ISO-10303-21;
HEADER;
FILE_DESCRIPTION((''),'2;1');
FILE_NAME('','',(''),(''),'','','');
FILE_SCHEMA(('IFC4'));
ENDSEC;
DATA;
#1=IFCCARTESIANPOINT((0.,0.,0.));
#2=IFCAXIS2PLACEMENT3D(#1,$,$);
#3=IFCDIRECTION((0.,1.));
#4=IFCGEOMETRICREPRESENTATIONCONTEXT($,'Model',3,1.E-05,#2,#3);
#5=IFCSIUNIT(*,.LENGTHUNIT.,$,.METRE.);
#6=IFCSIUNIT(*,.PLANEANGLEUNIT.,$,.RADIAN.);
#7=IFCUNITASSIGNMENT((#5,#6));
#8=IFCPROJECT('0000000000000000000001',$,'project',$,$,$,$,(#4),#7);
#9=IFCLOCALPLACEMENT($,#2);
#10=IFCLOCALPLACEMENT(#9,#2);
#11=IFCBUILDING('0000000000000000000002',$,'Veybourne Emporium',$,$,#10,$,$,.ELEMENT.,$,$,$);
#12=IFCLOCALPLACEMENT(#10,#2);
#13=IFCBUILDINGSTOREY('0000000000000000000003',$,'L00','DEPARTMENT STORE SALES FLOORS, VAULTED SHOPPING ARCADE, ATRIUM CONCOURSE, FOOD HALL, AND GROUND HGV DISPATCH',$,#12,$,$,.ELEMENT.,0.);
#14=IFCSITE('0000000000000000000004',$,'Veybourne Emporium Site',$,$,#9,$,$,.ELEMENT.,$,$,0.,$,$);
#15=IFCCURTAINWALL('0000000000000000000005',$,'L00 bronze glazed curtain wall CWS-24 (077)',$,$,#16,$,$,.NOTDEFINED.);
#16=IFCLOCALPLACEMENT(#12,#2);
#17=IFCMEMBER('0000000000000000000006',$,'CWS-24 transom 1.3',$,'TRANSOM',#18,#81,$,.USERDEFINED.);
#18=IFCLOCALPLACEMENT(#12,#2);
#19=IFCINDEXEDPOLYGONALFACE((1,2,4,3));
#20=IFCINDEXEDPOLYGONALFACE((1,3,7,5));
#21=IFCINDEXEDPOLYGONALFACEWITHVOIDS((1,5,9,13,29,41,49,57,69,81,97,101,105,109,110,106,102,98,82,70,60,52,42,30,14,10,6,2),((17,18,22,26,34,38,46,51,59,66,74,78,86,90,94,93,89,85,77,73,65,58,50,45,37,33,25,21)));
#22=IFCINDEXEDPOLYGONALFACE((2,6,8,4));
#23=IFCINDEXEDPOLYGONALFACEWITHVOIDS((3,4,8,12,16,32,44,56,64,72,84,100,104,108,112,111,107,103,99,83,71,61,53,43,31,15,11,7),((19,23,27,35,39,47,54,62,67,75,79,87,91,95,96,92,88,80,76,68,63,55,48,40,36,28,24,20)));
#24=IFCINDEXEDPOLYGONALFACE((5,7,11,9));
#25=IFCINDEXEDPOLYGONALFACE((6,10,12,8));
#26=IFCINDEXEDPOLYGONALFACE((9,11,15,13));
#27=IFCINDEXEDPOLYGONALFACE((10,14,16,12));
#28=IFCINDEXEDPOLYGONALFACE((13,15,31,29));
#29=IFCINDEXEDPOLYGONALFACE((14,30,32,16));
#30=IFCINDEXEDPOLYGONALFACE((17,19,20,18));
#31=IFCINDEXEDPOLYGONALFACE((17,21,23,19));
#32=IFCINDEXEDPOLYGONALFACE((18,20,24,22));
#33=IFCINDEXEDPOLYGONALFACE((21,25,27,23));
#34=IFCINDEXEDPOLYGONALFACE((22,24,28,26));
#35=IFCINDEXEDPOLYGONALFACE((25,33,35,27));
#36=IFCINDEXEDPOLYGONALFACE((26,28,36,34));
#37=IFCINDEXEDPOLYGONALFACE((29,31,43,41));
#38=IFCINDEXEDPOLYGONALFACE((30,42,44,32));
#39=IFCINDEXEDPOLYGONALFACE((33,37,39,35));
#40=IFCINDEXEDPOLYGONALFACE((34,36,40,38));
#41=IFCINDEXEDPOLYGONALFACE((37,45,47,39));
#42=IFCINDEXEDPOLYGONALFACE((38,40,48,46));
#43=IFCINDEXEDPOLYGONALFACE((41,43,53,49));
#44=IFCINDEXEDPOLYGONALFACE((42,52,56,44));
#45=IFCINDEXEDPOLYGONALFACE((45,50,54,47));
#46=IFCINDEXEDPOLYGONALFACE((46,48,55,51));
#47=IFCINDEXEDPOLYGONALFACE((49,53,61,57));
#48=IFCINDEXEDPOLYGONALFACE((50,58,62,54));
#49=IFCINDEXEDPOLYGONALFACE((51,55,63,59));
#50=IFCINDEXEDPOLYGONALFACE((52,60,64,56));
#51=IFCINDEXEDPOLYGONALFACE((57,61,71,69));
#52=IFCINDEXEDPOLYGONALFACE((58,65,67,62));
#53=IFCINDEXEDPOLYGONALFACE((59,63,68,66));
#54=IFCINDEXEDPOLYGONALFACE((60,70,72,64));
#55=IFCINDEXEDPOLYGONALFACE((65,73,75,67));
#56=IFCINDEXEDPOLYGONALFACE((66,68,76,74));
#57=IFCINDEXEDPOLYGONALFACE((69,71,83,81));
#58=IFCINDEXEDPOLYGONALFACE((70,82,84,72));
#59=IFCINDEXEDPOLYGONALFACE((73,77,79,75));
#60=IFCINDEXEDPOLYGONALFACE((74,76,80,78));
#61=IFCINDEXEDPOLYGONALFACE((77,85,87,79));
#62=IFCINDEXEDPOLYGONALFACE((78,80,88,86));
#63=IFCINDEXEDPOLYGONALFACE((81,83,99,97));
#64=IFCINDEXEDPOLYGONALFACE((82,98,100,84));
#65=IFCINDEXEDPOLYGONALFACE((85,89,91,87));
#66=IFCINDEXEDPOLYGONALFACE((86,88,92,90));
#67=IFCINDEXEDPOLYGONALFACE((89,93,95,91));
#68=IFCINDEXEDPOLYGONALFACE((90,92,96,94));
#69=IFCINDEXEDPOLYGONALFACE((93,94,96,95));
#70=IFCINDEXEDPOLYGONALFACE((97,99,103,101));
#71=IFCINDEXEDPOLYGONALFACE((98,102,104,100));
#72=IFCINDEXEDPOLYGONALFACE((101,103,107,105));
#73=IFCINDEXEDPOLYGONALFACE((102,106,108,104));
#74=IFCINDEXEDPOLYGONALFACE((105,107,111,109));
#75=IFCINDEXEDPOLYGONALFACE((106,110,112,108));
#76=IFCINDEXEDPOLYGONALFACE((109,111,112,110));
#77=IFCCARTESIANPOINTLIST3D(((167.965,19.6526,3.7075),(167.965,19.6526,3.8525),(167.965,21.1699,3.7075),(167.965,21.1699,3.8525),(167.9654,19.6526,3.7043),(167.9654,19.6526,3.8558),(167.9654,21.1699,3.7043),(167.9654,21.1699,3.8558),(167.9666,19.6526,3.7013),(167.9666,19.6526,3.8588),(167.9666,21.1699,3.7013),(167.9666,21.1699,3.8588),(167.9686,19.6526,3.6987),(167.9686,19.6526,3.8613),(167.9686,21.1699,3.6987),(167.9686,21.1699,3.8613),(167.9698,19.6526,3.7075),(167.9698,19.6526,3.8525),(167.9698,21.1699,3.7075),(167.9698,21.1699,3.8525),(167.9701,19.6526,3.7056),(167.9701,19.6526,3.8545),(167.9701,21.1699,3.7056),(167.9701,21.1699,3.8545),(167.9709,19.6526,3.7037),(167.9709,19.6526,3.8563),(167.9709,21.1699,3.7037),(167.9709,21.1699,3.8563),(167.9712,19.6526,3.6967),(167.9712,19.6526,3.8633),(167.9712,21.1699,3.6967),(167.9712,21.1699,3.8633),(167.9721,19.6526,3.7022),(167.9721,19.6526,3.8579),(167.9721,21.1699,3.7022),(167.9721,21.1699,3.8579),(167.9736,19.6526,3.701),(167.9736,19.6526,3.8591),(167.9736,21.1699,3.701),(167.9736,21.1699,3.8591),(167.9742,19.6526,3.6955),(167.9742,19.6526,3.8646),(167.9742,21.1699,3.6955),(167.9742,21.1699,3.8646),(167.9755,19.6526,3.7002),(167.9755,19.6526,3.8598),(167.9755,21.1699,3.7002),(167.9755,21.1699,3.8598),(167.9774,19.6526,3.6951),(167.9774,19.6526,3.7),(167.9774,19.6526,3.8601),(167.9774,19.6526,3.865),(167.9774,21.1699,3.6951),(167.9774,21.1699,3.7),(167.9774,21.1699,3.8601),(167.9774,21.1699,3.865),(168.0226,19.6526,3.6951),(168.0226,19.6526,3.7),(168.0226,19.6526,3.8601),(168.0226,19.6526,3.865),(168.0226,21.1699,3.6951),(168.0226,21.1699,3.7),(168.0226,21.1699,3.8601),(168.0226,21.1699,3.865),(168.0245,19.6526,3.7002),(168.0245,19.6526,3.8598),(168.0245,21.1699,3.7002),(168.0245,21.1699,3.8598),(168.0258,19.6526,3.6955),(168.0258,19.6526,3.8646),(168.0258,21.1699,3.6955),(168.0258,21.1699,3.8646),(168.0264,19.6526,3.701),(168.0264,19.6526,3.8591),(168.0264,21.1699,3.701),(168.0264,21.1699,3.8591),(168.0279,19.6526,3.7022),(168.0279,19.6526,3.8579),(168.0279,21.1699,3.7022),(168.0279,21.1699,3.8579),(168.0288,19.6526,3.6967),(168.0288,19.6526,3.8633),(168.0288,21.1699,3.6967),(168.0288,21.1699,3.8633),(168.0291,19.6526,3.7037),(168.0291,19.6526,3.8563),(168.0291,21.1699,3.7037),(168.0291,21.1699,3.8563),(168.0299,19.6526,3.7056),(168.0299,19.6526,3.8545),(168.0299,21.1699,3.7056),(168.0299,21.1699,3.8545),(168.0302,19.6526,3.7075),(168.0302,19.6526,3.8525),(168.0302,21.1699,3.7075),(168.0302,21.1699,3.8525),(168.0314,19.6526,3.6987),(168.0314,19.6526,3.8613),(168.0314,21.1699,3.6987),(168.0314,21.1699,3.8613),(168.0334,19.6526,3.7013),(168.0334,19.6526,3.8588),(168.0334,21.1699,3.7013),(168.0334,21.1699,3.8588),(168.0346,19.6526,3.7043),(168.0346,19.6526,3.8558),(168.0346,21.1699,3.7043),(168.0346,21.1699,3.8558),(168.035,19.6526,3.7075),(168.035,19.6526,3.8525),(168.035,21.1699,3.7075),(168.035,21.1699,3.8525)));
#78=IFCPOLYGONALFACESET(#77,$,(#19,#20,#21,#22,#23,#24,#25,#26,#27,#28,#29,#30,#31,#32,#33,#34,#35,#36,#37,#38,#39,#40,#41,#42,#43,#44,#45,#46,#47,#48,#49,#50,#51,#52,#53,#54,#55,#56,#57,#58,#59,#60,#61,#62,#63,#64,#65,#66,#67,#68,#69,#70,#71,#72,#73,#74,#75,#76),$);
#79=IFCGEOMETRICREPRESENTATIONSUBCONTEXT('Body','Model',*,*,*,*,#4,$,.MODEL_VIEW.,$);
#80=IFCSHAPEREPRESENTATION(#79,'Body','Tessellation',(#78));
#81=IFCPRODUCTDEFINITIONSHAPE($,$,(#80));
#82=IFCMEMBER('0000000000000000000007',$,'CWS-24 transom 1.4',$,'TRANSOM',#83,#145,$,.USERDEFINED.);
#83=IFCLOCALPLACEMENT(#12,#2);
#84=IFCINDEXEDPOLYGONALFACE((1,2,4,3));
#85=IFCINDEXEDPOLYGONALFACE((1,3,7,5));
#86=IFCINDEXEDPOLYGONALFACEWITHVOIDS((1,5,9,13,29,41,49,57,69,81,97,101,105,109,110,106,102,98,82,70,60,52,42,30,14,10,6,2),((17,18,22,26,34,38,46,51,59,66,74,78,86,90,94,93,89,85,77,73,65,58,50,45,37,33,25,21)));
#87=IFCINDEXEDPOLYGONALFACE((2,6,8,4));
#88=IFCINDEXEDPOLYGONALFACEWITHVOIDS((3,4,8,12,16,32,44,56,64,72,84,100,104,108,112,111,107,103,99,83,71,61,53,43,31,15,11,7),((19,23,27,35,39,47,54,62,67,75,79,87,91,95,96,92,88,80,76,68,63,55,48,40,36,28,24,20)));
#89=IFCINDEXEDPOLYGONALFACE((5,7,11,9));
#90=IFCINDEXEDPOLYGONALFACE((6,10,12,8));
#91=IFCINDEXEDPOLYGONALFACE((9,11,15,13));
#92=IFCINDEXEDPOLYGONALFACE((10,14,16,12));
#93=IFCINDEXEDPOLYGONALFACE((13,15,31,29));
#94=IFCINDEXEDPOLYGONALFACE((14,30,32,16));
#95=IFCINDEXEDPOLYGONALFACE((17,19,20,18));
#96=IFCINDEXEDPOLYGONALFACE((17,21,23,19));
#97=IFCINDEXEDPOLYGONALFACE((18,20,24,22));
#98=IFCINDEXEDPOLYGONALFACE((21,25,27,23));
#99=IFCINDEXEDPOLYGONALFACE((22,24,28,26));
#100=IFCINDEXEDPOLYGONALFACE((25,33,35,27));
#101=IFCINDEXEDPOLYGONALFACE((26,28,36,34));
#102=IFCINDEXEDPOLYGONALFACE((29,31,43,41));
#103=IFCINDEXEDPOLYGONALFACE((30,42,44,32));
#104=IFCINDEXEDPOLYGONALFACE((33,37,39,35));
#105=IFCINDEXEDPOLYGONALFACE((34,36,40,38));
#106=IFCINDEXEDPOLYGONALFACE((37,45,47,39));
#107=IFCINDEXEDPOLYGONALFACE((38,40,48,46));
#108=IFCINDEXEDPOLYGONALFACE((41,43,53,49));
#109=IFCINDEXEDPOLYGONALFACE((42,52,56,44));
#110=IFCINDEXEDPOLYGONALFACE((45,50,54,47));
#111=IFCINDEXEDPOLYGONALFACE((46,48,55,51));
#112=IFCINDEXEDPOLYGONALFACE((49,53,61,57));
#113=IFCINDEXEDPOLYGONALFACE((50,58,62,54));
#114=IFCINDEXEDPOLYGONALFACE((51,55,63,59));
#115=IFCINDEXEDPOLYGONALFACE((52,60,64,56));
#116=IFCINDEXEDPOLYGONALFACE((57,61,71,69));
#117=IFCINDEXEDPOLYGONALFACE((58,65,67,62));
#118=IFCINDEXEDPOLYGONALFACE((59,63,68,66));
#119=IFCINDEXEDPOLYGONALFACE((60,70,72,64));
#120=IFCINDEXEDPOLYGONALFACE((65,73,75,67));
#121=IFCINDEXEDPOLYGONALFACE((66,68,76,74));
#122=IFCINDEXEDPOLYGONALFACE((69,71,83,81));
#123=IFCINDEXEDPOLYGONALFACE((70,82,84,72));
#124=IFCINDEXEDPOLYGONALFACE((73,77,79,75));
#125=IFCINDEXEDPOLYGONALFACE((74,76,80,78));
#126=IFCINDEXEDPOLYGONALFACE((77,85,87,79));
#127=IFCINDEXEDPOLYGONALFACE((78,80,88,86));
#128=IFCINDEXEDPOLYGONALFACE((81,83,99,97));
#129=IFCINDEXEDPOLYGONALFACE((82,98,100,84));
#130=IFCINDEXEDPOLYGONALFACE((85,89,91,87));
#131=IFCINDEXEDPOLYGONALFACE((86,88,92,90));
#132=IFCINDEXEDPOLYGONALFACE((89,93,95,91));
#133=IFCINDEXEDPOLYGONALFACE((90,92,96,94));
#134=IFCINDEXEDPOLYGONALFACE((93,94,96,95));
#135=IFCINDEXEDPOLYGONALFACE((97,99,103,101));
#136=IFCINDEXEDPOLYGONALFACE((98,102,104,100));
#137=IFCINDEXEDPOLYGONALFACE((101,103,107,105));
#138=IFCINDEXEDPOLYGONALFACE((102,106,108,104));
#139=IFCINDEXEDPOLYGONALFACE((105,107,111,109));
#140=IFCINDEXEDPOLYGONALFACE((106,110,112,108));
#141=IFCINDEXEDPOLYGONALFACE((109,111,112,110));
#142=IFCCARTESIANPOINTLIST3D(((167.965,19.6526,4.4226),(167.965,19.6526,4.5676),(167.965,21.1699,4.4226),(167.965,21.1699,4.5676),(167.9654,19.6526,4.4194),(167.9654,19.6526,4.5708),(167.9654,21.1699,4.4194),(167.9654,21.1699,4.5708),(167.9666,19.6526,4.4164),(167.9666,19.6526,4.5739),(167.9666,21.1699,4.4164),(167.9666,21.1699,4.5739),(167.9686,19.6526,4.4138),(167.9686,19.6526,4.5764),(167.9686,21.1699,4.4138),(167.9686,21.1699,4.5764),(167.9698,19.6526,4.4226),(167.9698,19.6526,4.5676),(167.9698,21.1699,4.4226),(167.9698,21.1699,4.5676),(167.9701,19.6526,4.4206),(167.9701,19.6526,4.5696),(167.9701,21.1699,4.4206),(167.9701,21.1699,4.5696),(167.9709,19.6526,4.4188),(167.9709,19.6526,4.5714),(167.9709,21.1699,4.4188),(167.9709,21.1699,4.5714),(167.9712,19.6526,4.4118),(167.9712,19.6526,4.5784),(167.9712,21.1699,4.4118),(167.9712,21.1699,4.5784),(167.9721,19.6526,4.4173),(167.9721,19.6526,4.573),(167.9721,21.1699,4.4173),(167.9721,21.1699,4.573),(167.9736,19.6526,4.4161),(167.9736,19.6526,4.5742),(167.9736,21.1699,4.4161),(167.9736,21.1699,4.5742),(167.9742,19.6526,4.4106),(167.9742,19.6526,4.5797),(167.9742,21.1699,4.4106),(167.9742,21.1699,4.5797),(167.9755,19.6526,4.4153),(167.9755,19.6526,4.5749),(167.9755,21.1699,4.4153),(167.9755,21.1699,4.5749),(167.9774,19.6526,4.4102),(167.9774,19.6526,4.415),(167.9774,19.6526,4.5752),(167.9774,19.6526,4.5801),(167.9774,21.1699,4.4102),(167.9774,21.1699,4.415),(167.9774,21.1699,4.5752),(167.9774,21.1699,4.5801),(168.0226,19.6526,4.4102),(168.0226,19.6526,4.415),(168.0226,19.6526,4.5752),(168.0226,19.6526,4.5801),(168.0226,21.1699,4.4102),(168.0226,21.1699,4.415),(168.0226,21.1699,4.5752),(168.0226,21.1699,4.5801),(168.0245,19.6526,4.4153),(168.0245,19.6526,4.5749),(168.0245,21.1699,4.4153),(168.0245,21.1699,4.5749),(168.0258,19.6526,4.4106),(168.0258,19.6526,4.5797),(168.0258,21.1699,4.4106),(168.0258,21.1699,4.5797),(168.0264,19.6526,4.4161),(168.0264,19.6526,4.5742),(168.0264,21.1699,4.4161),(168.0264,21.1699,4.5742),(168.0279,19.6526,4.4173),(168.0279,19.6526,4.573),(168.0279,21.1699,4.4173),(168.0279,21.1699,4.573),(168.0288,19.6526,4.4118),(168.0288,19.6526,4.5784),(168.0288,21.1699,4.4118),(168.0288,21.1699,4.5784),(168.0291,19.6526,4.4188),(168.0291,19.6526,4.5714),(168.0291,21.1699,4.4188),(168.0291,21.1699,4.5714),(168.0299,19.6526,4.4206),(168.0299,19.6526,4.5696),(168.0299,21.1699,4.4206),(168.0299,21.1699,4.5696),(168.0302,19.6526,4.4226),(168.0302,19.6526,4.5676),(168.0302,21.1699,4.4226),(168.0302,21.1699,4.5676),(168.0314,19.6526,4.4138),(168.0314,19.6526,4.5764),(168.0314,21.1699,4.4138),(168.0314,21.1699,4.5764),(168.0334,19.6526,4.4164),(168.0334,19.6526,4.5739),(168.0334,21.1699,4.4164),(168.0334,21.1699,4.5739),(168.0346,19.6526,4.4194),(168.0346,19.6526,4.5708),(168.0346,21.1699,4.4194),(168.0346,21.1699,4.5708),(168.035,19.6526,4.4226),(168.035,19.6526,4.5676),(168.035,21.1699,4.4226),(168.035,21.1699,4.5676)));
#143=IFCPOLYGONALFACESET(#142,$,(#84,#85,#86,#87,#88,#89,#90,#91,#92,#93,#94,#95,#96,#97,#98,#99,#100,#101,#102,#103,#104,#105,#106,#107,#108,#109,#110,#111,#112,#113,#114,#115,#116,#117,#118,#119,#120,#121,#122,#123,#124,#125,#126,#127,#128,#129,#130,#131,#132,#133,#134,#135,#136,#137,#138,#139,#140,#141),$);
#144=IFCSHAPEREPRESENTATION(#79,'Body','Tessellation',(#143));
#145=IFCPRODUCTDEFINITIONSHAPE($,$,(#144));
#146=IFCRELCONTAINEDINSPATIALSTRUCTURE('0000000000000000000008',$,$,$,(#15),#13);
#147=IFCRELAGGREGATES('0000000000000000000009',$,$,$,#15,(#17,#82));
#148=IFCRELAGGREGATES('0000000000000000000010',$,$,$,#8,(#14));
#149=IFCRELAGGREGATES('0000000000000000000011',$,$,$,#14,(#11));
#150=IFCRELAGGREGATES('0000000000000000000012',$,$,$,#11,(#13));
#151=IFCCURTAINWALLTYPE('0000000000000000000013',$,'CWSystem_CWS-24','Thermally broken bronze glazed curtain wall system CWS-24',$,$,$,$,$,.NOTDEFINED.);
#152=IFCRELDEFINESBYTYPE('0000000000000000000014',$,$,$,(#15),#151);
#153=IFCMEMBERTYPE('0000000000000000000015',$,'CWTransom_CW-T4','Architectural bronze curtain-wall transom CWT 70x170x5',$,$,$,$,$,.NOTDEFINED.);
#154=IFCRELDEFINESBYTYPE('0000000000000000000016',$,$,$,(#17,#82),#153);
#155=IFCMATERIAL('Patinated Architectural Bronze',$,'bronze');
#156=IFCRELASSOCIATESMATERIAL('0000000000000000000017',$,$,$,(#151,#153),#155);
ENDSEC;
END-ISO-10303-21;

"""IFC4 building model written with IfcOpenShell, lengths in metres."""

from ifc_helpers import new_model, si_unit, direction, frame, origin, origin_2d, place, context, subcontext, project, spatial, hollow_rectangle, extrude, material, material_profile, profile_set, type_object, element, aggregate, save


model = new_model("IFC4")

# Units and contexts
model_context = context("Model", 3, precision=1e-05, world=origin(), true_north=direction((0.0, 1.0)))
body_context = subcontext(model_context, "Body", "Model", "MODEL_VIEW")
ifc_project = project(units=[si_unit("LENGTHUNIT", "METRE"), si_unit("PLANEANGLEUNIT", "RADIAN")], contexts=[model_context])

# Site, building, storey
site_placement = place(None, origin())
site = spatial("IfcSite", under=ifc_project, at=site_placement, Name="Veybourne Emporium Site", CompositionType="ELEMENT", RefElevation=0.0)
building_placement = place(site_placement, origin())
building = spatial("IfcBuilding", under=site, at=building_placement, Name="Veybourne Emporium", CompositionType="ELEMENT")
storey_placement = place(building_placement, origin())
storey = spatial("IfcBuildingStorey", under=building, at=storey_placement, Name="L00", Description="DEPARTMENT STORE SALES FLOORS, VAULTED SHOPPING ARCADE, ATRIUM CONCOURSE, FOOD HALL, AND GROUND HGV DISPATCH", CompositionType="ELEMENT", Elevation=0.0)

# Curtain wall
ifc_material_1 = material(Name="Patinated Architectural Bronze", Category="bronze")
curtain_wall_type_1 = type_object("IfcCurtainWallType", Name="CWSystem_CWS-24", Description="Thermally broken bronze glazed curtain wall system CWS-24", PredefinedType="NOTDEFINED", material=ifc_material_1)
curtain_wall_1_placement = place(storey_placement, origin())
curtain_wall_1 = element("IfcCurtainWall", 1, at=curtain_wall_1_placement, inside=storey, type_object=curtain_wall_type_1, Name="L00 bronze glazed curtain wall CWS-24 (077)", PredefinedType="NOTDEFINED")

# Members
ifc_material_profile_1 = material_profile(ifc_material_1, hollow_rectangle(XDim=0.0701, YDim=0.1699, WallThickness=0.0049, InnerFilletRadius=0.0076, OuterFilletRadius=0.0125, at=origin_2d()), Name="CWT 70x170x5")
ifc_profile_set_1 = profile_set([ifc_material_profile_1], Name="Patinated Architectural Bronze")
member_type_1 = type_object("IfcMemberType", Name="CWTransom_CW-T4", Description="Architectural bronze curtain-wall transom CWT 70x170x5", PredefinedType="NOTDEFINED", material=ifc_profile_set_1)
member_1_placement = place(storey_placement, frame((168.0, 21.1699, 3.78), z_axis=(0.0, -1.0, 0.0), x_axis=(1.0, 0.0, 0.0)))
member_1 = element("IfcMember", 2, at=member_1_placement, type_object=member_type_1, Name="CWS-24 transom 1.3", ObjectType="TRANSOM", PredefinedType="USERDEFINED", context=body_context, shape_type="SweptSolid", body=[
    extrude(hollow_rectangle(XDim=0.0701, YDim=0.1699, WallThickness=0.0049, InnerFilletRadius=0.0076, OuterFilletRadius=0.0125, at=origin_2d()), origin(), (0.0, 0.0, 1.0), 1.5173),
])
member_2_placement = place(storey_placement, frame((168.0, 21.1699, 4.4951), z_axis=(0.0, -1.0, 0.0), x_axis=(1.0, 0.0, 0.0)))
member_2 = element("IfcMember", 3, at=member_2_placement, type_object=member_type_1, Name="CWS-24 transom 1.4", ObjectType="TRANSOM", PredefinedType="USERDEFINED", context=body_context, shape_type="SweptSolid", body=[
    extrude(hollow_rectangle(XDim=0.0701, YDim=0.1699, WallThickness=0.0049, InnerFilletRadius=0.0076, OuterFilletRadius=0.0125, at=origin_2d()), origin(), (0.0, 0.0, 1.0), 1.5173),
])

aggregate(curtain_wall_1, [member_1, member_2])

save(model, "model.ifc")
